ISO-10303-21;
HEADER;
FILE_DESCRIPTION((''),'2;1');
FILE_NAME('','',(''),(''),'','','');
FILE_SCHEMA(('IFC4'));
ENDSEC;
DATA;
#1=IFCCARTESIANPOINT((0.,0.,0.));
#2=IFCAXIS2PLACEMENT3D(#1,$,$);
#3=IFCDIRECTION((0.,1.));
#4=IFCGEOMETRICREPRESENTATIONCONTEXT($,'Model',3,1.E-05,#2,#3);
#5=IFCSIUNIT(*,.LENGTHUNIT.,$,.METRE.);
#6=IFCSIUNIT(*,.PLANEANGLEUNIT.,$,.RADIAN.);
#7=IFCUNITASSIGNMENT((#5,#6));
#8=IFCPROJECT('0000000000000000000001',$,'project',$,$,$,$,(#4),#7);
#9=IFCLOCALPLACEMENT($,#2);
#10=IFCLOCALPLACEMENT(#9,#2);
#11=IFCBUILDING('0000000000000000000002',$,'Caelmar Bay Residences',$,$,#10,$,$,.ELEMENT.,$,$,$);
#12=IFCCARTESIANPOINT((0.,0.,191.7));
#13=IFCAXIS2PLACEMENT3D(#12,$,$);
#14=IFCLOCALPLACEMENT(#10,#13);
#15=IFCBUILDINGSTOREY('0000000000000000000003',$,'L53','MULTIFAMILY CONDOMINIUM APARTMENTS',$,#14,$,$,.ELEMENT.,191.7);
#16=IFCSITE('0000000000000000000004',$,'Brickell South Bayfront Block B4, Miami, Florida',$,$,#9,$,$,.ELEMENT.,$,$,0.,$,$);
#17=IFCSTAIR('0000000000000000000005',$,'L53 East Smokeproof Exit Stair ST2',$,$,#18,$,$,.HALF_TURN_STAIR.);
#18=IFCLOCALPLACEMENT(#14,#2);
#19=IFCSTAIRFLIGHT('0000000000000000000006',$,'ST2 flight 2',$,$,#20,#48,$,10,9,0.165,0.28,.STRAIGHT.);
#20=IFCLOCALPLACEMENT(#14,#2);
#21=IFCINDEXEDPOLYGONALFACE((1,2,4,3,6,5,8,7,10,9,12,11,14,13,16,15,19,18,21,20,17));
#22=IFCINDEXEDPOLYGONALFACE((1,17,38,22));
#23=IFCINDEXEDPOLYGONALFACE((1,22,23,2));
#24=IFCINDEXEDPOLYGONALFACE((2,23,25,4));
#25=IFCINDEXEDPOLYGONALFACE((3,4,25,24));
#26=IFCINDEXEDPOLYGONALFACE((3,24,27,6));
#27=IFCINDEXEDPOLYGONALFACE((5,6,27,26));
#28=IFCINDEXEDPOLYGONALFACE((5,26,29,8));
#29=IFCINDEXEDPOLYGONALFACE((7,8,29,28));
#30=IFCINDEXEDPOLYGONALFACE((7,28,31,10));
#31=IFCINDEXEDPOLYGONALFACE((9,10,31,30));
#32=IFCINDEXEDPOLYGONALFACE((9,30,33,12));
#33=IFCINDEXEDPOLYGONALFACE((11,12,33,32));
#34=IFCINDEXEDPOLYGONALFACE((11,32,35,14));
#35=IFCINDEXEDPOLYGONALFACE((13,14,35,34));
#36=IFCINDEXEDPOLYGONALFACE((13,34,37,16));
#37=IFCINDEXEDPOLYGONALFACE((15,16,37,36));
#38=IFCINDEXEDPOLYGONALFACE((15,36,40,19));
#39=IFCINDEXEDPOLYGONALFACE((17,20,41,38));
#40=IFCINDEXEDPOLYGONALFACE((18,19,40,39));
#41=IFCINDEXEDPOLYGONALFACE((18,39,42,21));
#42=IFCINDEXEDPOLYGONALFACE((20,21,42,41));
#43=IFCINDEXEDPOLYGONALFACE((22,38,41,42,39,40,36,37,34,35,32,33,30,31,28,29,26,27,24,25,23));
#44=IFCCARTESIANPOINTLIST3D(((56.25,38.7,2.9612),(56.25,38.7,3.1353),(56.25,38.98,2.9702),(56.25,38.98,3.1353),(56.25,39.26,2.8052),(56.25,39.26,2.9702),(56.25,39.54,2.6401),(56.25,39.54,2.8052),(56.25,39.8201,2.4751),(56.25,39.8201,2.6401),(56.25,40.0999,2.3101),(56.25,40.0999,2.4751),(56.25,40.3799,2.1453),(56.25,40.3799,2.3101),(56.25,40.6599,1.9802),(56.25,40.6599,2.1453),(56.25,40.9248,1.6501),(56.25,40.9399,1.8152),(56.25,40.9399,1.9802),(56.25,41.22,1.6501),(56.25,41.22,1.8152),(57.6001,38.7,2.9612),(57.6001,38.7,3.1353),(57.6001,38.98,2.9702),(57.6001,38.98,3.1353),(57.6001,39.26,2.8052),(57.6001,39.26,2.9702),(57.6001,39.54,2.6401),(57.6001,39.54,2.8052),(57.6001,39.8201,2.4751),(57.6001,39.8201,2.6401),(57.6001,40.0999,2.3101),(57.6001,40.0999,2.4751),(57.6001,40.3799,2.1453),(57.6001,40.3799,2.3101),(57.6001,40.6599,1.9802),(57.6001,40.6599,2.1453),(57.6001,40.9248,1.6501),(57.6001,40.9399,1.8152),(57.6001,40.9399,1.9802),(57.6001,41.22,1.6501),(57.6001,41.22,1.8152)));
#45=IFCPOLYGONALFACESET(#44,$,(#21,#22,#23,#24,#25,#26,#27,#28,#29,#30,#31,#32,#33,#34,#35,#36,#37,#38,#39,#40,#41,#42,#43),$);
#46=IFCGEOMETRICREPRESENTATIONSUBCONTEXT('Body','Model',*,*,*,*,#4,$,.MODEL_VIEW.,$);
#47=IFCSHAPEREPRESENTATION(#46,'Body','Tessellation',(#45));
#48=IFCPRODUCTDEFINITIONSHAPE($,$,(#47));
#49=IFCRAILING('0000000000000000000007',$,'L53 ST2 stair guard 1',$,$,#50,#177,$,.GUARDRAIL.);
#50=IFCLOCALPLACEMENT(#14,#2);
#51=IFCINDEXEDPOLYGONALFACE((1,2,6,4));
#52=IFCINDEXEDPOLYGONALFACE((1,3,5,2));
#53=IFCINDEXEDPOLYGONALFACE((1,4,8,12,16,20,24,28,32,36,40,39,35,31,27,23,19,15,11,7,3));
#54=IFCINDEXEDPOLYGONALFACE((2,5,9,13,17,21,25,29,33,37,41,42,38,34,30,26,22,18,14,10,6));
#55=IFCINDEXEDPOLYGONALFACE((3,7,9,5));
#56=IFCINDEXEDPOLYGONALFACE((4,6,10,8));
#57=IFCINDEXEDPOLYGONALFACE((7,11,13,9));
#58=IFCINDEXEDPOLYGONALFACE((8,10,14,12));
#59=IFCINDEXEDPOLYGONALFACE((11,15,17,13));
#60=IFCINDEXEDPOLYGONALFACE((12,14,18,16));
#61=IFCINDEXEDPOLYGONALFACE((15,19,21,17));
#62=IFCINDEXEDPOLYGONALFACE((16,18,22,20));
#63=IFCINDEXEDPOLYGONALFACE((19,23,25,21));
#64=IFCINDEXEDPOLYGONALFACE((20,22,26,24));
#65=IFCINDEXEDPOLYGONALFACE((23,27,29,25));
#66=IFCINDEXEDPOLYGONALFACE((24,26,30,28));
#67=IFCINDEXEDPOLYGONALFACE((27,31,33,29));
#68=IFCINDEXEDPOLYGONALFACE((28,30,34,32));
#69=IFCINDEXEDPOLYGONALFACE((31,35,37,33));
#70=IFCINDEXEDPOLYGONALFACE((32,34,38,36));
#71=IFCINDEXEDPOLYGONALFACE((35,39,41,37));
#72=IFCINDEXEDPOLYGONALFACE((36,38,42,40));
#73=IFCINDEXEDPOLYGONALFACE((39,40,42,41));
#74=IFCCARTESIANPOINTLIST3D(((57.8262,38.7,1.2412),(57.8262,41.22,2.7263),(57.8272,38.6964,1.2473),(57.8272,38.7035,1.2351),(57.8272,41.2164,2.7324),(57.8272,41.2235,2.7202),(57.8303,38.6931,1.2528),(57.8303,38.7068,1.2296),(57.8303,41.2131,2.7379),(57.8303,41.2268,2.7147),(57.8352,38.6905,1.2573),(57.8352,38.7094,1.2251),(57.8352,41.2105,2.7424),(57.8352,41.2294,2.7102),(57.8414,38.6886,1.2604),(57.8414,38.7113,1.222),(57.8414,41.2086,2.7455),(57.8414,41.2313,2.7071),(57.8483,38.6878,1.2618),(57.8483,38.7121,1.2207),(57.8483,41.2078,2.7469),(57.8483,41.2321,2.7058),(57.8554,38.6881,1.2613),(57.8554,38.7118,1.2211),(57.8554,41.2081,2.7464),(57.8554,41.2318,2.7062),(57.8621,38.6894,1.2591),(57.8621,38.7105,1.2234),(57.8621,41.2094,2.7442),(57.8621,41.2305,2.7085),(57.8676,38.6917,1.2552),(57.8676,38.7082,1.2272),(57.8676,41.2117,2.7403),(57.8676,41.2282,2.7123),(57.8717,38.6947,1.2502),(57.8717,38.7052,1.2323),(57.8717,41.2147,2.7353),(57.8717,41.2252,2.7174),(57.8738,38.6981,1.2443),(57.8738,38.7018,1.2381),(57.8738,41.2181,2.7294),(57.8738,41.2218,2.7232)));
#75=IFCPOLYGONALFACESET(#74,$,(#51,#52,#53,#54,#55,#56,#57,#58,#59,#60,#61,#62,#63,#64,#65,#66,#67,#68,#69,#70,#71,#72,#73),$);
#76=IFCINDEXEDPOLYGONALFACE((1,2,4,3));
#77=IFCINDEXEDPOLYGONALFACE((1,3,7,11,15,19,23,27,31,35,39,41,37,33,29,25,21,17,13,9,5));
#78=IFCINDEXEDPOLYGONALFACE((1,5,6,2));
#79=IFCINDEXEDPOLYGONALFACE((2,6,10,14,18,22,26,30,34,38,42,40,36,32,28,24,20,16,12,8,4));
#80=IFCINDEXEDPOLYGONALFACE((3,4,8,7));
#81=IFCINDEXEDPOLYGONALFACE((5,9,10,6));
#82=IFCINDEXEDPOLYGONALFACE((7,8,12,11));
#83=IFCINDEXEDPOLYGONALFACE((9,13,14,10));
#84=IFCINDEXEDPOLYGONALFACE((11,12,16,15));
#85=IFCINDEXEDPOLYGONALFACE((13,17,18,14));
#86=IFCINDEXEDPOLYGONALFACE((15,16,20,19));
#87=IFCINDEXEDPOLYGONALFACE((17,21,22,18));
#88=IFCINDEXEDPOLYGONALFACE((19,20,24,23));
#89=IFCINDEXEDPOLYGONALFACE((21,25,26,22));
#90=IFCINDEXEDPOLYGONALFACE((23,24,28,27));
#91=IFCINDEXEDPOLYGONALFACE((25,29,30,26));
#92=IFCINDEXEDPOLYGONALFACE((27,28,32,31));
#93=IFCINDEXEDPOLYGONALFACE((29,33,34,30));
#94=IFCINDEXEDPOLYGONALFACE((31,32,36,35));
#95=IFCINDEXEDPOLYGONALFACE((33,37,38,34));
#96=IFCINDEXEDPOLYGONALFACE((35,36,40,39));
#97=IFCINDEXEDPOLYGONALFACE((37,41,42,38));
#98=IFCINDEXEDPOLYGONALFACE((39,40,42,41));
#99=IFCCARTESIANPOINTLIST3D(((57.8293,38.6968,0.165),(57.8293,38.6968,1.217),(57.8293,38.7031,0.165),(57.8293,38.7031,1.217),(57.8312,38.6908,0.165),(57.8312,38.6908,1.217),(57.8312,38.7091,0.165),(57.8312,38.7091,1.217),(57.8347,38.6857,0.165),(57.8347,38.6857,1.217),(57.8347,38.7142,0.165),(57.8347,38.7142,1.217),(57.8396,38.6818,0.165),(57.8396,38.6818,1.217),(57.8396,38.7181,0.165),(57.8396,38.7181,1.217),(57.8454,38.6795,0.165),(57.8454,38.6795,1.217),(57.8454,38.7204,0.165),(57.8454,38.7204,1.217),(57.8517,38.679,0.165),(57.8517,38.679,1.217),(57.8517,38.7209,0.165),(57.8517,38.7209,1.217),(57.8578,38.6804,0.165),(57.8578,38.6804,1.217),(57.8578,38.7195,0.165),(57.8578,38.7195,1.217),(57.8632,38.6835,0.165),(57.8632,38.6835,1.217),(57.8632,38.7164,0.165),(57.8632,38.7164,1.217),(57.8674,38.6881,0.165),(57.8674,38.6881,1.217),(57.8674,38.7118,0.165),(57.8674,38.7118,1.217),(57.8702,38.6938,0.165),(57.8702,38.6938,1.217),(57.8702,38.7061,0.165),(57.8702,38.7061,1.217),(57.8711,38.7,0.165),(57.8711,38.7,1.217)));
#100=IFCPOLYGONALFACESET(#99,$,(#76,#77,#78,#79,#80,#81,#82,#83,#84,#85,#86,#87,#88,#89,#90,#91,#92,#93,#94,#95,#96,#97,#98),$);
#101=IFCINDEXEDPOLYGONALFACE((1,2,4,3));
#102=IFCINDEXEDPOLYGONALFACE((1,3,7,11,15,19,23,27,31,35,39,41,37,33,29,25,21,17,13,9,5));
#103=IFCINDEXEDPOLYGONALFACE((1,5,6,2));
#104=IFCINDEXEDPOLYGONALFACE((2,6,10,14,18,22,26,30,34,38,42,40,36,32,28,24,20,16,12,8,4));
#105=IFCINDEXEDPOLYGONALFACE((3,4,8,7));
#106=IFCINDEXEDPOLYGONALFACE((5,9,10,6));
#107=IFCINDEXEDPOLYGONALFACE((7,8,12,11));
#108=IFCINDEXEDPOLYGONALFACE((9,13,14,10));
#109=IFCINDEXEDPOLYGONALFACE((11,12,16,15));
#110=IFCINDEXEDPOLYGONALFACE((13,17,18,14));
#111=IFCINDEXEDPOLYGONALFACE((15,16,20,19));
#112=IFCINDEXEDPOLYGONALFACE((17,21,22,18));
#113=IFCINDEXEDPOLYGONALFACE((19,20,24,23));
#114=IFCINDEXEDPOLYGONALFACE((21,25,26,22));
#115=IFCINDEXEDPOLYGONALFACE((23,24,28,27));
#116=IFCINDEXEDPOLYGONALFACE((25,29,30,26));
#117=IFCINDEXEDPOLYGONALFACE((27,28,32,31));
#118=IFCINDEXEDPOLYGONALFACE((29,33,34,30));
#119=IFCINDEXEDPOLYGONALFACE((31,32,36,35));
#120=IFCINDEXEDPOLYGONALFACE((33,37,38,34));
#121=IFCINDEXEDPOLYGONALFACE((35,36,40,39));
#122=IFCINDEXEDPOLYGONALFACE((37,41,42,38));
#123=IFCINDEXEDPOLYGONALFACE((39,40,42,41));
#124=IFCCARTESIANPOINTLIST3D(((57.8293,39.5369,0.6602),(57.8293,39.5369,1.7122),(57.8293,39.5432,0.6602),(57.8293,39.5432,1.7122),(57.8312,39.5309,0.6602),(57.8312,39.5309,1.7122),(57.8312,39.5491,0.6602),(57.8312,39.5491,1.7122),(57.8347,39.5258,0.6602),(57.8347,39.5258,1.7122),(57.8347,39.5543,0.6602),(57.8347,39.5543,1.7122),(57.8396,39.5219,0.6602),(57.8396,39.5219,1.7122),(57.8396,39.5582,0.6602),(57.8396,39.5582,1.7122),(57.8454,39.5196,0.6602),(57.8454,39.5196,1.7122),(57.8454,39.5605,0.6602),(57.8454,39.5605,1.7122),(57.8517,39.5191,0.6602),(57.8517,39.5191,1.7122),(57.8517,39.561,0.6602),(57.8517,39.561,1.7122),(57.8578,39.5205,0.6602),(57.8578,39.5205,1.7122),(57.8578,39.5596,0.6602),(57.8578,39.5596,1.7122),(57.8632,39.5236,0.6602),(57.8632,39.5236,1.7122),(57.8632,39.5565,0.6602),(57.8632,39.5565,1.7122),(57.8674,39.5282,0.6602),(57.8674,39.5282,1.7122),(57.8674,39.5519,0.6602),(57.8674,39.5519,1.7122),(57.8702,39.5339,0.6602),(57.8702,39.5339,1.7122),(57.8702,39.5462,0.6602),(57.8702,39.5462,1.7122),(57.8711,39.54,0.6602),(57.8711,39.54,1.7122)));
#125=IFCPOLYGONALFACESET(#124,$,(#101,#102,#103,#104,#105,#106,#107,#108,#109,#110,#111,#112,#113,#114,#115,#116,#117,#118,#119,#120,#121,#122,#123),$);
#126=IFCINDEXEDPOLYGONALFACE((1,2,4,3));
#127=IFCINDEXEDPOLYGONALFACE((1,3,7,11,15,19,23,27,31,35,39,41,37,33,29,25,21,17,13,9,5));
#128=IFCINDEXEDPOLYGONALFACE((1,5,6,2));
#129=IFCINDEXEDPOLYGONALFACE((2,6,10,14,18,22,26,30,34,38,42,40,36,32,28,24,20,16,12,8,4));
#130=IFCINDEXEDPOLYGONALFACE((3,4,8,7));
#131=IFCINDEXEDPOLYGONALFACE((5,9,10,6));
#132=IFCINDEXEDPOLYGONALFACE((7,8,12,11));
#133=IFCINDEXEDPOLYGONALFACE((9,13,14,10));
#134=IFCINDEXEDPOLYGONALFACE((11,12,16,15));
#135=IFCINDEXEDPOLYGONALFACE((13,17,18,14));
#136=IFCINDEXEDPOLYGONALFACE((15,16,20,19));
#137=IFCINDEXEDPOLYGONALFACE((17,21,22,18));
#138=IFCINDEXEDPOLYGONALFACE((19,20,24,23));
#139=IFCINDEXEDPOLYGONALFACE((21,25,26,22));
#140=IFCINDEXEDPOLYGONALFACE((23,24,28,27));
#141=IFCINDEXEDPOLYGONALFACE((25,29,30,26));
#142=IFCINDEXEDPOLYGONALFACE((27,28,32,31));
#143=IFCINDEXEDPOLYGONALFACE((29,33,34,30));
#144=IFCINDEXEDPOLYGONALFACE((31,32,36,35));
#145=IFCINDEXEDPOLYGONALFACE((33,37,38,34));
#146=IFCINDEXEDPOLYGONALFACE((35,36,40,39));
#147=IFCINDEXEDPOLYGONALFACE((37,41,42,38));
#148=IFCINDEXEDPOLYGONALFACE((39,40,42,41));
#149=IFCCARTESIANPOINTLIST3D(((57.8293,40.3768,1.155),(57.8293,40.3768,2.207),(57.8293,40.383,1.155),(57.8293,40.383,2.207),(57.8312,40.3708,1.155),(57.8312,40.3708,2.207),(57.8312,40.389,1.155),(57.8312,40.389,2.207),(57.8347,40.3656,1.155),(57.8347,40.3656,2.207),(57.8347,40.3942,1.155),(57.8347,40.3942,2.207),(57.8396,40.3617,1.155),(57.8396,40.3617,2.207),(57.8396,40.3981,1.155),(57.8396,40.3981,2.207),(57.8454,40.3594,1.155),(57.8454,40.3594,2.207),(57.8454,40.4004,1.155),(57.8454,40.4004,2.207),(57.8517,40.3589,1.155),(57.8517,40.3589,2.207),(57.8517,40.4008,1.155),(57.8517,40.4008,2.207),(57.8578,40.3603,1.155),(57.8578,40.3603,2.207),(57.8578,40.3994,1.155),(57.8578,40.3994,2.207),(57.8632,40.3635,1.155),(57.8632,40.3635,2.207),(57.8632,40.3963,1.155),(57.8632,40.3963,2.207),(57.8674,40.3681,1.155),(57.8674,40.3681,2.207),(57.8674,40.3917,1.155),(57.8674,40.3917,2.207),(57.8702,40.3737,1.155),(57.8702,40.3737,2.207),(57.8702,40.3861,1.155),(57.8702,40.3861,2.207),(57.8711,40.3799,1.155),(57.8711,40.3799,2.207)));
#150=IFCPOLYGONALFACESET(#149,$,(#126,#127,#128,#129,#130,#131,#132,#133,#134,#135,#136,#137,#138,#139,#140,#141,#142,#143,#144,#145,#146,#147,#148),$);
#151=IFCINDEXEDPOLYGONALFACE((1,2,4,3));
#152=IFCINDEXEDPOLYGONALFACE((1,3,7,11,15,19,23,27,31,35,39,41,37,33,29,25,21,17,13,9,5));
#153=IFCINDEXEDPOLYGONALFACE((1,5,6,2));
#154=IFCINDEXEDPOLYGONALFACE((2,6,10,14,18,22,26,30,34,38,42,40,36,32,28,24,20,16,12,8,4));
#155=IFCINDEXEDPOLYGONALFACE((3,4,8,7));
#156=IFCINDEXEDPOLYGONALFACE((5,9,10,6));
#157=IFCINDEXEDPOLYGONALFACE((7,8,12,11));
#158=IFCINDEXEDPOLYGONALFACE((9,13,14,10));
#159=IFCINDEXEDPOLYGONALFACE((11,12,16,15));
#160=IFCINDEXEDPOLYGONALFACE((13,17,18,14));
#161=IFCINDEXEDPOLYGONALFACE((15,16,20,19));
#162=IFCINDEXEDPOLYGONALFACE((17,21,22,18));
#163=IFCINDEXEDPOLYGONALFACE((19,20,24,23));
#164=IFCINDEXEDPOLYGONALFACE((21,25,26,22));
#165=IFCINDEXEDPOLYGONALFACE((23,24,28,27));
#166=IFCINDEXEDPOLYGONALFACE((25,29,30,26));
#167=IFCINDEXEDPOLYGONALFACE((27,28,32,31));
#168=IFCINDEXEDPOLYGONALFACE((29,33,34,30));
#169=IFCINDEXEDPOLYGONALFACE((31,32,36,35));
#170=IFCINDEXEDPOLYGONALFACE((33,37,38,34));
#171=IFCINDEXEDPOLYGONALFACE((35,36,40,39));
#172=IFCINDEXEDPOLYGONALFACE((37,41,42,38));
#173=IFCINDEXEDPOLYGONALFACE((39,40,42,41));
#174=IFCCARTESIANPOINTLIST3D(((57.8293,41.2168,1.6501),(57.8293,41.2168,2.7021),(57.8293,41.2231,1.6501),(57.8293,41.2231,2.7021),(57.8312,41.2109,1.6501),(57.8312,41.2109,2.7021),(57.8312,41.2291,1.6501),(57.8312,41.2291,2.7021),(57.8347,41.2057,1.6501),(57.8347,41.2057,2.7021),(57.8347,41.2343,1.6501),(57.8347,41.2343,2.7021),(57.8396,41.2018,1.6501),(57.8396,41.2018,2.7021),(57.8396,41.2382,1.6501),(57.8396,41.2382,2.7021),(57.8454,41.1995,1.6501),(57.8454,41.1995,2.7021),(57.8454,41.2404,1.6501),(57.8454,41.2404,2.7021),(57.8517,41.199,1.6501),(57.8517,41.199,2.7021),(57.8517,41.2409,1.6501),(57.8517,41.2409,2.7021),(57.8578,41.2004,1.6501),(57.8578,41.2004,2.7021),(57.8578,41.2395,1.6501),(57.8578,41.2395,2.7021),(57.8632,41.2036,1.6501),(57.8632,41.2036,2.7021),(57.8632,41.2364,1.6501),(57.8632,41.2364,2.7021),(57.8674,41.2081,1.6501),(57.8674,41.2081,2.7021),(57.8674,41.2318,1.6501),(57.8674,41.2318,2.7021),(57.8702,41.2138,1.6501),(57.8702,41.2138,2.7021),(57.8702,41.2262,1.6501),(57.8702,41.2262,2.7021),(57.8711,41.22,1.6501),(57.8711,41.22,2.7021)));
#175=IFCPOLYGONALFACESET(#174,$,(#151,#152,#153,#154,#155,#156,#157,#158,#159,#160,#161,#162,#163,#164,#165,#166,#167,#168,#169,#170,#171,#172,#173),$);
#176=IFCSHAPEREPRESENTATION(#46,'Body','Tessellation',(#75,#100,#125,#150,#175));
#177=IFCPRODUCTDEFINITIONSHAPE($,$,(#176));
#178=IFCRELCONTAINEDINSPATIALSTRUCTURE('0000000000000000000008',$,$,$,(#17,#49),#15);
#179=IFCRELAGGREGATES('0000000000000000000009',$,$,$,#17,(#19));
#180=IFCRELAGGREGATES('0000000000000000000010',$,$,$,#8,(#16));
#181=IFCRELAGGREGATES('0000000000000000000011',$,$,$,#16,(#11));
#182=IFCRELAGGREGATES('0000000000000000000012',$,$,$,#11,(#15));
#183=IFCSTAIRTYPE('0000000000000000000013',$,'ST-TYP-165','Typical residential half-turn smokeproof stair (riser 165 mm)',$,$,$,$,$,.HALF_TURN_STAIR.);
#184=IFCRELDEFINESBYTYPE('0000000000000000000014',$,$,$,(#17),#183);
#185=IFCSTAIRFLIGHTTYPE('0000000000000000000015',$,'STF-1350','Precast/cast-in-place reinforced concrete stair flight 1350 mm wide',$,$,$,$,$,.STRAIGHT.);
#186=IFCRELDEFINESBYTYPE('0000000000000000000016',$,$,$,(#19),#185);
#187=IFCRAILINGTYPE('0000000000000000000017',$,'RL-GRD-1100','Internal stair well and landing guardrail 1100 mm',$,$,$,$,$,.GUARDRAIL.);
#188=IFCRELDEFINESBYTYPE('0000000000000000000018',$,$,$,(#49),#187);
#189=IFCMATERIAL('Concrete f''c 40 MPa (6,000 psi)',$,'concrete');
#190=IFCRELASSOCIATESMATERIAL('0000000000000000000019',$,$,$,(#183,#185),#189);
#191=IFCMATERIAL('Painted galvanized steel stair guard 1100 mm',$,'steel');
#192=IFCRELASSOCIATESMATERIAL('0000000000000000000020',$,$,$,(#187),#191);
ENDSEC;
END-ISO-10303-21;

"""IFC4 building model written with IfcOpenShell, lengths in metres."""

from ifc_helpers import new_model, si_unit, direction, frame, origin, origin_2d, place, context, subcontext, project, spatial, polyline, circle, outline, extrude, material, type_object, element, aggregate, save


model = new_model("IFC4")

# Units and contexts
model_context = context("Model", 3, precision=1e-05, world=origin(), true_north=direction((0.0, 1.0)))
body_context = subcontext(model_context, "Body", "Model", "MODEL_VIEW")
ifc_project = project(units=[si_unit("LENGTHUNIT", "METRE"), si_unit("PLANEANGLEUNIT", "RADIAN")], contexts=[model_context])

# Site, building, storey
site_placement = place(None, origin())
site = spatial("IfcSite", under=ifc_project, at=site_placement, Name="Brickell South Bayfront Block B4, Miami, Florida", CompositionType="ELEMENT", RefElevation=0.0)
building_placement = place(site_placement, origin())
building = spatial("IfcBuilding", under=site, at=building_placement, Name="Caelmar Bay Residences", CompositionType="ELEMENT")
storey_placement = place(building_placement, frame((0.0, 0.0, 191.7)))
storey = spatial("IfcBuildingStorey", under=building, at=storey_placement, Name="L53", Description="MULTIFAMILY CONDOMINIUM APARTMENTS", CompositionType="ELEMENT", Elevation=191.7)

# Stair, stair flight
ifc_material_1 = material(Name="Concrete f'c 40 MPa (6,000 psi)", Category="concrete")
stair_type = type_object("IfcStairType", Name="ST-TYP-165", Description="Typical residential half-turn smokeproof stair (riser 165 mm)", PredefinedType="HALF_TURN_STAIR", material=ifc_material_1)
stair_placement = place(storey_placement, origin())
stair = element("IfcStair", 1, at=stair_placement, inside=storey, type_object=stair_type, Name="L53 East Smokeproof Exit Stair ST2", PredefinedType="HALF_TURN_STAIR")
stair_flight_type = type_object("IfcStairFlightType", Name="STF-1350", Description="Precast/cast-in-place reinforced concrete stair flight 1350 mm wide", PredefinedType="STRAIGHT", material=ifc_material_1)
stair_flight_1_placement = place(storey_placement, frame((56.925, 41.22, 1.6501), z_axis=(0.0, 0.0, 1.0), x_axis=(0.0, -1.0, 0.0)))
stair_flight_1 = element("IfcStairFlight", 2, at=stair_flight_1_placement, type_object=stair_flight_type, Name="ST2 flight 2", NumberOfRisers=10, NumberOfTreads=9, PredefinedType="STRAIGHT", RiserHeight=0.165, TreadLength=0.28, context=body_context, shape_type="SweptSolid", body=[
    extrude(outline(polyline([(0.0, 0.0), (0.0, 0.165), (0.28, 0.165), (0.28, 0.3301), (0.5601, 0.3301), (0.5601, 0.4951), (0.8401, 0.4951), (0.8401, 0.6599), (1.1201, 0.6599), (1.1201, 0.825), (1.3999, 0.825), (1.3999, 0.99), (1.6799, 0.99), (1.6799, 1.155), (1.96, 1.155), (1.96, 1.3201), (2.24, 1.3201), (2.24, 1.4851), (2.52, 1.4851), (2.52, 1.6499), (2.52, 1.311), (0.2952, 0.0), (0.0, 0.0)])), frame((0.0, 0.675, 0.0), z_axis=(0.0, -1.0, 0.0), x_axis=(1.0, 0.0, 0.0)), (0.0, 0.0, 1.0), 1.3501),
])
aggregate(stair, [stair_flight_1])

# Railing
ifc_material_2 = material(Name="Painted galvanized steel stair guard 1100 mm", Category="steel")
railing_type_1 = type_object("IfcRailingType", Name="RL-GRD-1100", Description="Internal stair well and landing guardrail 1100 mm", PredefinedType="GUARDRAIL", material=ifc_material_2)
railing_1_placement = place(storey_placement, frame((57.8501, 38.7, 0.165)))
element("IfcRailing", 3, at=railing_1_placement, inside=storey, type_object=railing_type_1, Name="L53 ST2 stair guard 1", PredefinedType="GUARDRAIL", context=body_context, shape_type="SweptSolid", body=[
    extrude(circle(Radius=0.0239, at=origin_2d()), frame((0.0, 0.0, 1.0762), z_axis=(0.0, 0.861524, 0.507717), x_axis=(-1.0, 0.0, 0.0)), (0.0, 0.0, 1.0), 2.925),
    extrude(circle(Radius=0.021, at=origin_2d()), origin(), (0.0, 0.0, 1.0), 1.052),
    extrude(circle(Radius=0.021, at=origin_2d()), frame((0.0, 0.8401, 0.4951)), (0.0, 0.0, 1.0), 1.052),
    extrude(circle(Radius=0.021, at=origin_2d()), frame((0.0, 1.6799, 0.99)), (0.0, 0.0, 1.0), 1.052),
    extrude(circle(Radius=0.021, at=origin_2d()), frame((0.0, 2.52, 1.4851)), (0.0, 0.0, 1.0), 1.052),
])

save(model, "model.ifc")
